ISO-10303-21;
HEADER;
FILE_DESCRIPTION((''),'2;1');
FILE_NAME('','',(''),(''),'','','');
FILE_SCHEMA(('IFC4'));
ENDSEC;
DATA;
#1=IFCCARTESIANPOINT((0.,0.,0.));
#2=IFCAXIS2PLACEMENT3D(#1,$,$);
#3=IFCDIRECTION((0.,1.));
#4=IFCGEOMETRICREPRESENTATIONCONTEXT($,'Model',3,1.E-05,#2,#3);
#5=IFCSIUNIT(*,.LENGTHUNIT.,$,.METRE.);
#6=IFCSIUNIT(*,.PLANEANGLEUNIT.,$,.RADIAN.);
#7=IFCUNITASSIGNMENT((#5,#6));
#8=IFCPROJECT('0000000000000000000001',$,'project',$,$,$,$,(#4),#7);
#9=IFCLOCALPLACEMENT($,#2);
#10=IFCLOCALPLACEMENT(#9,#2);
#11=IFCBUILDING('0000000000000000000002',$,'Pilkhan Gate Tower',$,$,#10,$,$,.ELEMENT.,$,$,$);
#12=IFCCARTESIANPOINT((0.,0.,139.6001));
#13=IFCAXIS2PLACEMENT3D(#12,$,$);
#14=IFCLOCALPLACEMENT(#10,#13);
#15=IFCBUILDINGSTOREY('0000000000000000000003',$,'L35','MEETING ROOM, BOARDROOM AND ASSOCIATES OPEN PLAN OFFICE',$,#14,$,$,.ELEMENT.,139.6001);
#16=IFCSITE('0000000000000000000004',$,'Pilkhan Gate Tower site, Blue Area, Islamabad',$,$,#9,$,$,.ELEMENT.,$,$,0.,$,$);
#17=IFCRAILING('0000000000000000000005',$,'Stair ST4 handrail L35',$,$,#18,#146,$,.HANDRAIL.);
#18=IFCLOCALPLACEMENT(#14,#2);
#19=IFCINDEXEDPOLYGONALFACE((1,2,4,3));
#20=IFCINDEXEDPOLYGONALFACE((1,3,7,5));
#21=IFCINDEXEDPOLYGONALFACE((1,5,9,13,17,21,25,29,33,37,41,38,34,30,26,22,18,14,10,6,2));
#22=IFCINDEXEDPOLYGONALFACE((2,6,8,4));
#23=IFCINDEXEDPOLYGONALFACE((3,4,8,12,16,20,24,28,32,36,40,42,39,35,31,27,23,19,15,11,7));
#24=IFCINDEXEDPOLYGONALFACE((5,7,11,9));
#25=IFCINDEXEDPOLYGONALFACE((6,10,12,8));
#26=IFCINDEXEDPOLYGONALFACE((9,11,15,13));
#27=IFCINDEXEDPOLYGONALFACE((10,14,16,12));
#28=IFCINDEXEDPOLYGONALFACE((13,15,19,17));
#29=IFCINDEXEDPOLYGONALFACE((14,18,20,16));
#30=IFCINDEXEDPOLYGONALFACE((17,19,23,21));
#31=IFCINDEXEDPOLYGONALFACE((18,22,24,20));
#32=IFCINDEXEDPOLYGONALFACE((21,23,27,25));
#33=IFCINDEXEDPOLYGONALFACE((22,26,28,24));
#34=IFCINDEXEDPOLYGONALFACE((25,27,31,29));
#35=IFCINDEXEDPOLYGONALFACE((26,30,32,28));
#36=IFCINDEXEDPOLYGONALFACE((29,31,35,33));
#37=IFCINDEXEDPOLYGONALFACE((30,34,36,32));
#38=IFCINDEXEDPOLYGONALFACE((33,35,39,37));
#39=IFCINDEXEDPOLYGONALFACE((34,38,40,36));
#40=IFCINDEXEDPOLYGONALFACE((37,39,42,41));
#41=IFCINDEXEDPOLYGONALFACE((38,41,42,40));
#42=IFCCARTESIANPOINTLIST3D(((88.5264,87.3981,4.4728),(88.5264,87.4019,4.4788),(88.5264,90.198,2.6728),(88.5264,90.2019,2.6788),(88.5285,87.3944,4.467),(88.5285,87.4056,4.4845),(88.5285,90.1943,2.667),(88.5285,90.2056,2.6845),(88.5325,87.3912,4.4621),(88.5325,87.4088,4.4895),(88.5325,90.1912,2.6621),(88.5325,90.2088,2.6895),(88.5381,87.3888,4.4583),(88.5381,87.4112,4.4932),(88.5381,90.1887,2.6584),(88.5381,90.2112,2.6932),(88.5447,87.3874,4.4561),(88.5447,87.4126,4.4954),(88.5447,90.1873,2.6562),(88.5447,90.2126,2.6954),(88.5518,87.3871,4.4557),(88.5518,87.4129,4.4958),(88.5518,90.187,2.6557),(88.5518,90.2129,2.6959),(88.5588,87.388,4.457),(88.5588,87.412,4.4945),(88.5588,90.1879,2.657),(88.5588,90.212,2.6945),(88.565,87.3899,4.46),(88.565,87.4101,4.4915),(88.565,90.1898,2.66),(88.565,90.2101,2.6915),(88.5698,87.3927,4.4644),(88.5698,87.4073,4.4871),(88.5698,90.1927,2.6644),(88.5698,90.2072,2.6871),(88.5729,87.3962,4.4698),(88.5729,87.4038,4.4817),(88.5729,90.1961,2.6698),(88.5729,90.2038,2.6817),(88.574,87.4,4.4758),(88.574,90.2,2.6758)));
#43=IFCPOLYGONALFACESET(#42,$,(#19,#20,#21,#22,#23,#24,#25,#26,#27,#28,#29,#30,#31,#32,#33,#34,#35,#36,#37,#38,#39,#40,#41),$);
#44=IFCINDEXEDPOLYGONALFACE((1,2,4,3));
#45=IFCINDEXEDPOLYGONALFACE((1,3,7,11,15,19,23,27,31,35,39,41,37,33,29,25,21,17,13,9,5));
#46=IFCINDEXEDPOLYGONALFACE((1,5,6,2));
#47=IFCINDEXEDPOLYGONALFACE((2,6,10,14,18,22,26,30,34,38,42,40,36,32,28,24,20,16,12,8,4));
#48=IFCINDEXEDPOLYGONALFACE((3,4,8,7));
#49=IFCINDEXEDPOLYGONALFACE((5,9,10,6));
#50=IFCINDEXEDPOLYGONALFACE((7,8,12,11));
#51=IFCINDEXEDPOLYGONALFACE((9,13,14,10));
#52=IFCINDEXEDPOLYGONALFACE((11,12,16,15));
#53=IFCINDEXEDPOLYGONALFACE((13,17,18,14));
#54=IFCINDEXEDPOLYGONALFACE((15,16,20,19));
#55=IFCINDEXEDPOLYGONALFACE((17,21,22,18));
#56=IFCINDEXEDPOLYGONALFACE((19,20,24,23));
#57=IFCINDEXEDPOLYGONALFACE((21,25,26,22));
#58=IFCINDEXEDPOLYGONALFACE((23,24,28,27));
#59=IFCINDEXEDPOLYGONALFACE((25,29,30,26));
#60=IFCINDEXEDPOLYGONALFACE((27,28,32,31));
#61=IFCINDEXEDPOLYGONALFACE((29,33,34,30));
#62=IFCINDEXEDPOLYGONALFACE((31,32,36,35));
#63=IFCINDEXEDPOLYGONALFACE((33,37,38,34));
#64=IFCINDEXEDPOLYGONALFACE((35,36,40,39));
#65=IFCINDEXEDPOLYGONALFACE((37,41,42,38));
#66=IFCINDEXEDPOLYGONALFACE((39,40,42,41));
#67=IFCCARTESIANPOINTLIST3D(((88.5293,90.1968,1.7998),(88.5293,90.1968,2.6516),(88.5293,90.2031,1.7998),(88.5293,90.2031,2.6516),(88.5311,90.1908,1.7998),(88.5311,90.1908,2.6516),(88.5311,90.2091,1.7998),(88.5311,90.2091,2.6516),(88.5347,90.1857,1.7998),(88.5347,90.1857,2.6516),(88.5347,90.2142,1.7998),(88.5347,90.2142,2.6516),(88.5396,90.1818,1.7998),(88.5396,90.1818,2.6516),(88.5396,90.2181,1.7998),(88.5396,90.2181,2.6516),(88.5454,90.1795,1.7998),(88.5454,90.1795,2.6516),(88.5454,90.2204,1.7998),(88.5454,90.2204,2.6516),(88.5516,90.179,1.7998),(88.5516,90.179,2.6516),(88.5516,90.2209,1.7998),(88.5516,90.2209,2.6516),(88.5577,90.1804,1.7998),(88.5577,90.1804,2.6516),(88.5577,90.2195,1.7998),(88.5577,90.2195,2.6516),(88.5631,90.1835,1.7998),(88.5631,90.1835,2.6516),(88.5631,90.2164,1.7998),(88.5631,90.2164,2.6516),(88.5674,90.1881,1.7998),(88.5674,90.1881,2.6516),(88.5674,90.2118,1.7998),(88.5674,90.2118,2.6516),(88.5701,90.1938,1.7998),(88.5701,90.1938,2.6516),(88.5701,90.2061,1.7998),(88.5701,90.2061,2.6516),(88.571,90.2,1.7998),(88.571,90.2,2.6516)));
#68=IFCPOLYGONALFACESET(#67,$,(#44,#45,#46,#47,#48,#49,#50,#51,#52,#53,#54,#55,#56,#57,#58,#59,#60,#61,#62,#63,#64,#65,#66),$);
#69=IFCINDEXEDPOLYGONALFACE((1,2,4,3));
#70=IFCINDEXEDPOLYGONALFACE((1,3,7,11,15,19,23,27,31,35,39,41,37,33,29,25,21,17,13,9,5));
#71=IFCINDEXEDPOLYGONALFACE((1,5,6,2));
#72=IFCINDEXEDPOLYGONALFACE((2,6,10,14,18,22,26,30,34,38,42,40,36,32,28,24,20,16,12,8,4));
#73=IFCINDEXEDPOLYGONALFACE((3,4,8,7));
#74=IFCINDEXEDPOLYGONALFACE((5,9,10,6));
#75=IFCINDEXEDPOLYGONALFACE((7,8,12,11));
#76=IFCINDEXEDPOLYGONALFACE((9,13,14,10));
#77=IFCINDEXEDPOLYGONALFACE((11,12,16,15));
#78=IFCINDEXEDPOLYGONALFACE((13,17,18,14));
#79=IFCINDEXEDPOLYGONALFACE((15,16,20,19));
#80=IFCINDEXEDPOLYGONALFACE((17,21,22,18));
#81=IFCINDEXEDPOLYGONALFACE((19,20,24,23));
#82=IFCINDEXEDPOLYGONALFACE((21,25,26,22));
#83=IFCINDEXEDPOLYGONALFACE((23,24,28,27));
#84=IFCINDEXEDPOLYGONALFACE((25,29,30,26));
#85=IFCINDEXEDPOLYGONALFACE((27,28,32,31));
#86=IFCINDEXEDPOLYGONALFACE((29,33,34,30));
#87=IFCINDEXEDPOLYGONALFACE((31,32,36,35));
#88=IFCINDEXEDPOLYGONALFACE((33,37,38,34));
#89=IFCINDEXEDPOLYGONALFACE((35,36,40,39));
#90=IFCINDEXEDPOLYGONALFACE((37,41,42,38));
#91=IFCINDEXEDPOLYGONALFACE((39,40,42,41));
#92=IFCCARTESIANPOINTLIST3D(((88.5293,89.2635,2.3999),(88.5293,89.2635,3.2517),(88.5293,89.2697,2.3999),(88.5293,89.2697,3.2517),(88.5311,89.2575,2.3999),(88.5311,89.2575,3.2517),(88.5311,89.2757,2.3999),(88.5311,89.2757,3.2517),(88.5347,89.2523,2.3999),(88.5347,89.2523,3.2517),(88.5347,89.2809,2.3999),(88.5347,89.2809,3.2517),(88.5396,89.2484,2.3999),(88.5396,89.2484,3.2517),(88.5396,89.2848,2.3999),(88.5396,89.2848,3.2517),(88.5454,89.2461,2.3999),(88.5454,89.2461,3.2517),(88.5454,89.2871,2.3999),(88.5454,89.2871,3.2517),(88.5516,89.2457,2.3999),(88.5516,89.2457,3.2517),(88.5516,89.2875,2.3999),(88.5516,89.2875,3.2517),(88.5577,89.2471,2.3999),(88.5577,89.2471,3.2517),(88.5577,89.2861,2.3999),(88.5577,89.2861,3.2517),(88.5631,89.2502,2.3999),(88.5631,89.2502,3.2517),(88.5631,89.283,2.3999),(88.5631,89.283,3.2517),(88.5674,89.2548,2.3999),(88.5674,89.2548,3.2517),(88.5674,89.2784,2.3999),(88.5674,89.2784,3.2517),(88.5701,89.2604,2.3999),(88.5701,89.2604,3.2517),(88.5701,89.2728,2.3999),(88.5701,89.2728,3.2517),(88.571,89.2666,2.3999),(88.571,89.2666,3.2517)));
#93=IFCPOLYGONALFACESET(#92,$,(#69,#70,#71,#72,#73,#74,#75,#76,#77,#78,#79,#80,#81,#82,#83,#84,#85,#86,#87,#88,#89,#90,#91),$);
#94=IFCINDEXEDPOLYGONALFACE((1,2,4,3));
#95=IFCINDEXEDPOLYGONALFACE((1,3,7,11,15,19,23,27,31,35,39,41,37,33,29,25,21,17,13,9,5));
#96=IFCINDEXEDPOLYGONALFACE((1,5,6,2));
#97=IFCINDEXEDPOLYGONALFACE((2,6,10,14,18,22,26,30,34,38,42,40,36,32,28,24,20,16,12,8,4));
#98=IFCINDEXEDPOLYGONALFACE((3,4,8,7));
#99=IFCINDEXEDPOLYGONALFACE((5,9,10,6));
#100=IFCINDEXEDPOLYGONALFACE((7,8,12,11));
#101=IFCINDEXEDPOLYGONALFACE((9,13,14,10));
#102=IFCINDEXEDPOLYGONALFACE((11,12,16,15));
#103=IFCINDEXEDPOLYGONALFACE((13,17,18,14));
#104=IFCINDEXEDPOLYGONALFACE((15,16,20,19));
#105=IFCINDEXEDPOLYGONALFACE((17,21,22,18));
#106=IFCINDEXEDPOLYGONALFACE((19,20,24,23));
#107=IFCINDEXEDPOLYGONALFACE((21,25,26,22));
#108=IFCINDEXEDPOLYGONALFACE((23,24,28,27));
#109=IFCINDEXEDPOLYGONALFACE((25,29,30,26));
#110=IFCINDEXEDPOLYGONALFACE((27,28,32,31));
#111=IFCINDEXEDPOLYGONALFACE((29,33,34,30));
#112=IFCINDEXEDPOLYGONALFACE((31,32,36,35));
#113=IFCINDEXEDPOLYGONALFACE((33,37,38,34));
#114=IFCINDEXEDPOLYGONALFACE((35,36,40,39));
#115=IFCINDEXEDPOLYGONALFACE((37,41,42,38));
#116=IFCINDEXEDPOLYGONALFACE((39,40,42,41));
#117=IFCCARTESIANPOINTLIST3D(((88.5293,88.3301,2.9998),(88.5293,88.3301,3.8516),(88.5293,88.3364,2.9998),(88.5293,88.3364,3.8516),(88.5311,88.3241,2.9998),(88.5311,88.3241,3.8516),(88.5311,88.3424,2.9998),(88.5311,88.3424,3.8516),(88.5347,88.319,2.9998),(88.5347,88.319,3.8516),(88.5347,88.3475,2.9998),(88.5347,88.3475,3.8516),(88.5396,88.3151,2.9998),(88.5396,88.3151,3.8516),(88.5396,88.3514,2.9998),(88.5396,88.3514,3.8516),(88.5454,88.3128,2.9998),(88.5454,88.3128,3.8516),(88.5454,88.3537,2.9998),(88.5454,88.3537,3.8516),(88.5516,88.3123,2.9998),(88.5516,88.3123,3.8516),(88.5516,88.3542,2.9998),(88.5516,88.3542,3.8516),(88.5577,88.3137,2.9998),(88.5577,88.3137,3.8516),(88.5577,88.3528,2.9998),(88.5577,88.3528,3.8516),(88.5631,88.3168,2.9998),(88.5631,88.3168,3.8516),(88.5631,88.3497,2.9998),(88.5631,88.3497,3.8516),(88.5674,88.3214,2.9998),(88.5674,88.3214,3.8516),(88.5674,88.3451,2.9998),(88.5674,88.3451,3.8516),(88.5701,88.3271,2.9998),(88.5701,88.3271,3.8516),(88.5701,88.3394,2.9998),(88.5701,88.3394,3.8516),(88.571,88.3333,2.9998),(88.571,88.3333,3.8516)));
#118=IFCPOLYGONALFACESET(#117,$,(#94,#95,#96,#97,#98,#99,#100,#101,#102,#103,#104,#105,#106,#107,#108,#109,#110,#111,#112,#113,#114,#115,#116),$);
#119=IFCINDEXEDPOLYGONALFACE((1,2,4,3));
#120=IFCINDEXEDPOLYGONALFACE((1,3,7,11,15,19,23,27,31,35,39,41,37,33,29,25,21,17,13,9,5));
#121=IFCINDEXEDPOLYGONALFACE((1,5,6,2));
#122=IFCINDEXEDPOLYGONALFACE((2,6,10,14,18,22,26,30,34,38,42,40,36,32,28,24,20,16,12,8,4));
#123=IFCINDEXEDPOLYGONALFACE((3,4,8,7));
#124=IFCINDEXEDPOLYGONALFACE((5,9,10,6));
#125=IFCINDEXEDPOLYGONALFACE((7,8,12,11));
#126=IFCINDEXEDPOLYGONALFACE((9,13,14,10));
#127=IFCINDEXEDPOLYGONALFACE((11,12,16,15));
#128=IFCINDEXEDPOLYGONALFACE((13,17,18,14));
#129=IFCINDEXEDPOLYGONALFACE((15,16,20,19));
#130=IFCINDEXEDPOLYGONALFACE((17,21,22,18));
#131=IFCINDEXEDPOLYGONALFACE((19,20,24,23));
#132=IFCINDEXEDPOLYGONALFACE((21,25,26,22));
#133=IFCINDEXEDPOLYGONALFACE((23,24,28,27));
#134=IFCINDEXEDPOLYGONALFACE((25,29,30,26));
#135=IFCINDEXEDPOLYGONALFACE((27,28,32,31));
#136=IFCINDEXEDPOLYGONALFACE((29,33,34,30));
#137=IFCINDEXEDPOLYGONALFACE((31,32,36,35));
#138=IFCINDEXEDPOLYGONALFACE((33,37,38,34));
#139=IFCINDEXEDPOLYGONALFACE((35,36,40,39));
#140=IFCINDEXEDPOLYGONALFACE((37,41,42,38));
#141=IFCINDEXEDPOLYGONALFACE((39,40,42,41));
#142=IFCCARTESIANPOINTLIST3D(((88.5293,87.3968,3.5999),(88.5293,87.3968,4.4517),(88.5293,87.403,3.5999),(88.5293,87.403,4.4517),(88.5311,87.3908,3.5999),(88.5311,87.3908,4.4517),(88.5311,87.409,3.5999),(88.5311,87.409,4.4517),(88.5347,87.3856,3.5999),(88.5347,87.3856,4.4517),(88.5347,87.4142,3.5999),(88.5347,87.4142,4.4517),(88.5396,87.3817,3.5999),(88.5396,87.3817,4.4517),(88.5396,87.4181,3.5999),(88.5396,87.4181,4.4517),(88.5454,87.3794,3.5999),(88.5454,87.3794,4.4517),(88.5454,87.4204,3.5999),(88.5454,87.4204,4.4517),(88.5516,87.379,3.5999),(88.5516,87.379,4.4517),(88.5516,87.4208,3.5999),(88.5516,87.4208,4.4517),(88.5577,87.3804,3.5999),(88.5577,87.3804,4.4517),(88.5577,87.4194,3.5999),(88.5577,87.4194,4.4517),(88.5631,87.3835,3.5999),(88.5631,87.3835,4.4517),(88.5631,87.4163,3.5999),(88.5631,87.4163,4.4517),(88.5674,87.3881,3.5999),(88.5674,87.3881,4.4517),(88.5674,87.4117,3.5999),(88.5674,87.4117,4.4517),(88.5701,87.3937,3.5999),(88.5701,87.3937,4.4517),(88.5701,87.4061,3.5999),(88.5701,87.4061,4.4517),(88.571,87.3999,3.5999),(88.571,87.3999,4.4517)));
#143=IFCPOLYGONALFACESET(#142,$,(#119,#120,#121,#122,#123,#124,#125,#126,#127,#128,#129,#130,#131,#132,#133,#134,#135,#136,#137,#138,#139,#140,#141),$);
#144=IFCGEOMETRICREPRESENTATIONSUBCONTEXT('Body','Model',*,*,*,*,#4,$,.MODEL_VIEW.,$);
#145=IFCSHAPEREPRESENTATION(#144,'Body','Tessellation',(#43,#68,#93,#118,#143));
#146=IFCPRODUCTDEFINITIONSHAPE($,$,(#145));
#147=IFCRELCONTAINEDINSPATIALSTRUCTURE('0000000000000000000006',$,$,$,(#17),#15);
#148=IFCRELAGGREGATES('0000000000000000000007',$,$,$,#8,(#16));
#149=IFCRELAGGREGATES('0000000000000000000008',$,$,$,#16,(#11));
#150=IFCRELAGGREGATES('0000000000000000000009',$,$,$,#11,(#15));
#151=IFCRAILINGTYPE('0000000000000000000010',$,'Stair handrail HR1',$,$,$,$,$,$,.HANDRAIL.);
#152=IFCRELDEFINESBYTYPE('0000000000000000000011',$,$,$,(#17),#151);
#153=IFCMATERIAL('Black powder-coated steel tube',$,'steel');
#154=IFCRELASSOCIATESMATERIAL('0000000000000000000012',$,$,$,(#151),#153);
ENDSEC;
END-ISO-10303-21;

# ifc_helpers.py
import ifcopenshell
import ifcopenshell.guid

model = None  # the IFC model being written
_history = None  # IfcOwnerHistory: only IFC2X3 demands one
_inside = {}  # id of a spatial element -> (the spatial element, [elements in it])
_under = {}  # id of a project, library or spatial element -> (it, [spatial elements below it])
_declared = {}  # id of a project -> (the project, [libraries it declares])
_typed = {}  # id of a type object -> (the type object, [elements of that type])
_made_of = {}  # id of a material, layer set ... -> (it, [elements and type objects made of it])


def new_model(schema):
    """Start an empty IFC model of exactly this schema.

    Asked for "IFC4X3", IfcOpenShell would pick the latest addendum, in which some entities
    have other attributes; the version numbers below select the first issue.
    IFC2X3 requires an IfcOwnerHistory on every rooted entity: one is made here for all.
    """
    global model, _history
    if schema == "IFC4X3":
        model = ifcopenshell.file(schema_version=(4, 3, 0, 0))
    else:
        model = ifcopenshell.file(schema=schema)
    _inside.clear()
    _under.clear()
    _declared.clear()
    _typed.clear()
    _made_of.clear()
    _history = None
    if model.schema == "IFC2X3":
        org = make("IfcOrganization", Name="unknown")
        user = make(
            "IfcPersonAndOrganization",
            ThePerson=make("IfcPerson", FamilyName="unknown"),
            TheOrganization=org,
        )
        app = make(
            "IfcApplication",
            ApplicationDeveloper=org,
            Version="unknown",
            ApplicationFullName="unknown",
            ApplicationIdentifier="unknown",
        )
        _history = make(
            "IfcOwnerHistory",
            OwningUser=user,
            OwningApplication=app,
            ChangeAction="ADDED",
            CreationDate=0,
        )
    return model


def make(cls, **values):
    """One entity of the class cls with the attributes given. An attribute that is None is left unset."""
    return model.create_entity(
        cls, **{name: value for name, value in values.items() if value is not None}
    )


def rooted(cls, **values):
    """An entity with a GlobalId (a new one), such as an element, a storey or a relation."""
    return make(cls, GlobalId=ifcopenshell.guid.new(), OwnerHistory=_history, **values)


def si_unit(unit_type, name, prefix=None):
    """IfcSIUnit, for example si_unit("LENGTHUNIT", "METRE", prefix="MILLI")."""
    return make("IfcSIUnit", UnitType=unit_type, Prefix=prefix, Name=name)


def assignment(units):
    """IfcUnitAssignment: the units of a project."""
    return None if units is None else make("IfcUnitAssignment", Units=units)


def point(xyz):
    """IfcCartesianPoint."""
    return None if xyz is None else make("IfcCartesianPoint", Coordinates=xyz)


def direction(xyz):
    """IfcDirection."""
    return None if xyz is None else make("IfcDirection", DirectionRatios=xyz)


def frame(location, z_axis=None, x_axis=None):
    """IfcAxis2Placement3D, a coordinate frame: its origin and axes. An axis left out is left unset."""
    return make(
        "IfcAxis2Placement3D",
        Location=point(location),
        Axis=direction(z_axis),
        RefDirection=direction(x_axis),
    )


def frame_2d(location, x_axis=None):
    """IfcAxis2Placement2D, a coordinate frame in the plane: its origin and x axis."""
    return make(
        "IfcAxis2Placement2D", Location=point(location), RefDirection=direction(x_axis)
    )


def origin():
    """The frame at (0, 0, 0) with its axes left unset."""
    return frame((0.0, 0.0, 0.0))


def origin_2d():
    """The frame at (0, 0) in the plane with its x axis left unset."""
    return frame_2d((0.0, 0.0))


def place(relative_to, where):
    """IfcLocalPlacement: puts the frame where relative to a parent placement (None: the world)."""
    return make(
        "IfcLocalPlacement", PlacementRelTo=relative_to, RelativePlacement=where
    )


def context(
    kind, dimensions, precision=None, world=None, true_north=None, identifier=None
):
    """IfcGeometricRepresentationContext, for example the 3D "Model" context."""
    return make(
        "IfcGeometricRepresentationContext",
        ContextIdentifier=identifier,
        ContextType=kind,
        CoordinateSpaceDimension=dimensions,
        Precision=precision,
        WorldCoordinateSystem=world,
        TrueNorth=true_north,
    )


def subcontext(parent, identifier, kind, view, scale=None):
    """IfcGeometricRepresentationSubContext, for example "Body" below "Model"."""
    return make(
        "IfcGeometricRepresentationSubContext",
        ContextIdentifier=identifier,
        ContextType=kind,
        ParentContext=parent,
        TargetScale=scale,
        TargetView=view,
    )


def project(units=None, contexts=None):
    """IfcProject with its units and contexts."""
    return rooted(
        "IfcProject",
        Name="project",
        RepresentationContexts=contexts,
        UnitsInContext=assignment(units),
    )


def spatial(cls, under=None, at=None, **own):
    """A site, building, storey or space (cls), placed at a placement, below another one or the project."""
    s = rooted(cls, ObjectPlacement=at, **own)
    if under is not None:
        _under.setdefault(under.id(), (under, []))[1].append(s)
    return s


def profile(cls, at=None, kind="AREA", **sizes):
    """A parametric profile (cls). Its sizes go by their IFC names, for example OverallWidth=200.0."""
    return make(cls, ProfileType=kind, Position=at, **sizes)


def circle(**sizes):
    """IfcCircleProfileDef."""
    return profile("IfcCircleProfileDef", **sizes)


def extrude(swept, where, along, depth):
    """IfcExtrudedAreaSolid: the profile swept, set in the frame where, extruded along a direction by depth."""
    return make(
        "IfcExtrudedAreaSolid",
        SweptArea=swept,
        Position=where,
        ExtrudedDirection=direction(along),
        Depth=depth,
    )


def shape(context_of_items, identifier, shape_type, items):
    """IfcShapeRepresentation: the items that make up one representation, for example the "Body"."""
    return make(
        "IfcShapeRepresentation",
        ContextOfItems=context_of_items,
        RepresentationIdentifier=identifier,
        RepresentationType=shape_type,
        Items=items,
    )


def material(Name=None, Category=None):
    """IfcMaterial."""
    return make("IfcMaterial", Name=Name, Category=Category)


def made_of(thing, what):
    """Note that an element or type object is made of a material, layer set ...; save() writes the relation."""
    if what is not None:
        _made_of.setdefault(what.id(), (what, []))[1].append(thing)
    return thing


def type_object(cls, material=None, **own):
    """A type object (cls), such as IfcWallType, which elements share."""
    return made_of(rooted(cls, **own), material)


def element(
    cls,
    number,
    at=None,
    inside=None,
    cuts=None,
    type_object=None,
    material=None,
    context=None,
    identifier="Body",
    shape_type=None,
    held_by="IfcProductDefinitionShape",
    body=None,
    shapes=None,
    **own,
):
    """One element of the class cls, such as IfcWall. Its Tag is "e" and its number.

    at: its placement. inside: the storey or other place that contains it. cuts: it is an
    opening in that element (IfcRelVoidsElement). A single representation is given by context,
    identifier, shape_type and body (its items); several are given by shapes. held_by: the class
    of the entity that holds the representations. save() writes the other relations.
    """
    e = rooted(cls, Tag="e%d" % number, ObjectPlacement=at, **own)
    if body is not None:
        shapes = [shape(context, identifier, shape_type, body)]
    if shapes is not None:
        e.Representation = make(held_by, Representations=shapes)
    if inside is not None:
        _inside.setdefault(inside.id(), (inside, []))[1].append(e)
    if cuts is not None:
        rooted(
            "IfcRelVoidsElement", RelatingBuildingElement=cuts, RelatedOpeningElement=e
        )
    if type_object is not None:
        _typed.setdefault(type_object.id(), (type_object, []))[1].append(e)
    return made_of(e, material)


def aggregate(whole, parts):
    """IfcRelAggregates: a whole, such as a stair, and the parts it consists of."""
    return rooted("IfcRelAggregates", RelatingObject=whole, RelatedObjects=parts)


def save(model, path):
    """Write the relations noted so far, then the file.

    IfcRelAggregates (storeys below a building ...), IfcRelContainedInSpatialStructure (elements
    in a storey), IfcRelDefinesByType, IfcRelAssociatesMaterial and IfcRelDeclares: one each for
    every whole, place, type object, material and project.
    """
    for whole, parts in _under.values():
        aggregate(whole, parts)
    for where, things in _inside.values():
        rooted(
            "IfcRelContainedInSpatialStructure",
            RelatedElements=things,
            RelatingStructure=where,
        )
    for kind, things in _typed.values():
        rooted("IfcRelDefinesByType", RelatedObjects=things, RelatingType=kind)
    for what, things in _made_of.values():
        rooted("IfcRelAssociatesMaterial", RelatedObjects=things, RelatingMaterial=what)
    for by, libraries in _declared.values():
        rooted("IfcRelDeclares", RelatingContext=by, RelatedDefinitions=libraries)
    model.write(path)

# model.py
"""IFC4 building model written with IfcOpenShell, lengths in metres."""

from ifc_helpers import new_model, si_unit, direction, frame, origin, origin_2d, place, context, subcontext, project, spatial, circle, extrude, material, type_object, element, save


model = new_model("IFC4")

# Units and contexts
model_context = context("Model", 3, precision=1e-05, world=origin(), true_north=direction((0.0, 1.0)))
body_context = subcontext(model_context, "Body", "Model", "MODEL_VIEW")
ifc_project = project(units=[si_unit("LENGTHUNIT", "METRE"), si_unit("PLANEANGLEUNIT", "RADIAN")], contexts=[model_context])

# Site, building, storey
site_placement = place(None, origin())
site = spatial("IfcSite", under=ifc_project, at=site_placement, Name="Pilkhan Gate Tower site, Blue Area, Islamabad", CompositionType="ELEMENT", RefElevation=0.0)
building_placement = place(site_placement, origin())
building = spatial("IfcBuilding", under=site, at=building_placement, Name="Pilkhan Gate Tower", CompositionType="ELEMENT")
storey_placement = place(building_placement, frame((0.0, 0.0, 139.6001)))
storey = spatial("IfcBuildingStorey", under=building, at=storey_placement, Name="L35", Description="MEETING ROOM, BOARDROOM AND ASSOCIATES OPEN PLAN OFFICE", CompositionType="ELEMENT", Elevation=139.6001)

# Railing
ifc_material_1 = material(Name="Black powder-coated steel tube", Category="steel")
railing_type_1 = type_object("IfcRailingType", Name="Stair handrail HR1", PredefinedType="HANDRAIL", material=ifc_material_1)
railing_placement = place(storey_placement, frame((88.55, 90.2, 1.7998)))
element("IfcRailing", 1, at=railing_placement, inside=storey, type_object=railing_type_1, Name="Stair ST4 handrail L35", PredefinedType="HANDRAIL", context=body_context, shape_type="SweptSolid", body=[
    extrude(circle(Radius=0.0239, at=origin_2d()), frame((0.0, 0.0, 0.876), z_axis=(0.0, -0.841176, 0.540761), x_axis=(1.0, 0.0, 0.0)), (0.0, 0.0, 1.0), 3.3286),
    extrude(circle(Radius=0.021, at=origin_2d()), origin(), (0.0, 0.0, 1.0), 0.8518),
    extrude(circle(Radius=0.021, at=origin_2d()), frame((0.0, -0.9333, 0.6001)), (0.0, 0.0, 1.0), 0.8518),
    extrude(circle(Radius=0.021, at=origin_2d()), frame((0.0, -1.8667, 1.2)), (0.0, 0.0, 1.0), 0.8518),
    extrude(circle(Radius=0.021, at=origin_2d()), frame((0.0, -2.8, 1.8)), (0.0, 0.0, 1.0), 0.8518),
])

save(model, "model.ifc")
